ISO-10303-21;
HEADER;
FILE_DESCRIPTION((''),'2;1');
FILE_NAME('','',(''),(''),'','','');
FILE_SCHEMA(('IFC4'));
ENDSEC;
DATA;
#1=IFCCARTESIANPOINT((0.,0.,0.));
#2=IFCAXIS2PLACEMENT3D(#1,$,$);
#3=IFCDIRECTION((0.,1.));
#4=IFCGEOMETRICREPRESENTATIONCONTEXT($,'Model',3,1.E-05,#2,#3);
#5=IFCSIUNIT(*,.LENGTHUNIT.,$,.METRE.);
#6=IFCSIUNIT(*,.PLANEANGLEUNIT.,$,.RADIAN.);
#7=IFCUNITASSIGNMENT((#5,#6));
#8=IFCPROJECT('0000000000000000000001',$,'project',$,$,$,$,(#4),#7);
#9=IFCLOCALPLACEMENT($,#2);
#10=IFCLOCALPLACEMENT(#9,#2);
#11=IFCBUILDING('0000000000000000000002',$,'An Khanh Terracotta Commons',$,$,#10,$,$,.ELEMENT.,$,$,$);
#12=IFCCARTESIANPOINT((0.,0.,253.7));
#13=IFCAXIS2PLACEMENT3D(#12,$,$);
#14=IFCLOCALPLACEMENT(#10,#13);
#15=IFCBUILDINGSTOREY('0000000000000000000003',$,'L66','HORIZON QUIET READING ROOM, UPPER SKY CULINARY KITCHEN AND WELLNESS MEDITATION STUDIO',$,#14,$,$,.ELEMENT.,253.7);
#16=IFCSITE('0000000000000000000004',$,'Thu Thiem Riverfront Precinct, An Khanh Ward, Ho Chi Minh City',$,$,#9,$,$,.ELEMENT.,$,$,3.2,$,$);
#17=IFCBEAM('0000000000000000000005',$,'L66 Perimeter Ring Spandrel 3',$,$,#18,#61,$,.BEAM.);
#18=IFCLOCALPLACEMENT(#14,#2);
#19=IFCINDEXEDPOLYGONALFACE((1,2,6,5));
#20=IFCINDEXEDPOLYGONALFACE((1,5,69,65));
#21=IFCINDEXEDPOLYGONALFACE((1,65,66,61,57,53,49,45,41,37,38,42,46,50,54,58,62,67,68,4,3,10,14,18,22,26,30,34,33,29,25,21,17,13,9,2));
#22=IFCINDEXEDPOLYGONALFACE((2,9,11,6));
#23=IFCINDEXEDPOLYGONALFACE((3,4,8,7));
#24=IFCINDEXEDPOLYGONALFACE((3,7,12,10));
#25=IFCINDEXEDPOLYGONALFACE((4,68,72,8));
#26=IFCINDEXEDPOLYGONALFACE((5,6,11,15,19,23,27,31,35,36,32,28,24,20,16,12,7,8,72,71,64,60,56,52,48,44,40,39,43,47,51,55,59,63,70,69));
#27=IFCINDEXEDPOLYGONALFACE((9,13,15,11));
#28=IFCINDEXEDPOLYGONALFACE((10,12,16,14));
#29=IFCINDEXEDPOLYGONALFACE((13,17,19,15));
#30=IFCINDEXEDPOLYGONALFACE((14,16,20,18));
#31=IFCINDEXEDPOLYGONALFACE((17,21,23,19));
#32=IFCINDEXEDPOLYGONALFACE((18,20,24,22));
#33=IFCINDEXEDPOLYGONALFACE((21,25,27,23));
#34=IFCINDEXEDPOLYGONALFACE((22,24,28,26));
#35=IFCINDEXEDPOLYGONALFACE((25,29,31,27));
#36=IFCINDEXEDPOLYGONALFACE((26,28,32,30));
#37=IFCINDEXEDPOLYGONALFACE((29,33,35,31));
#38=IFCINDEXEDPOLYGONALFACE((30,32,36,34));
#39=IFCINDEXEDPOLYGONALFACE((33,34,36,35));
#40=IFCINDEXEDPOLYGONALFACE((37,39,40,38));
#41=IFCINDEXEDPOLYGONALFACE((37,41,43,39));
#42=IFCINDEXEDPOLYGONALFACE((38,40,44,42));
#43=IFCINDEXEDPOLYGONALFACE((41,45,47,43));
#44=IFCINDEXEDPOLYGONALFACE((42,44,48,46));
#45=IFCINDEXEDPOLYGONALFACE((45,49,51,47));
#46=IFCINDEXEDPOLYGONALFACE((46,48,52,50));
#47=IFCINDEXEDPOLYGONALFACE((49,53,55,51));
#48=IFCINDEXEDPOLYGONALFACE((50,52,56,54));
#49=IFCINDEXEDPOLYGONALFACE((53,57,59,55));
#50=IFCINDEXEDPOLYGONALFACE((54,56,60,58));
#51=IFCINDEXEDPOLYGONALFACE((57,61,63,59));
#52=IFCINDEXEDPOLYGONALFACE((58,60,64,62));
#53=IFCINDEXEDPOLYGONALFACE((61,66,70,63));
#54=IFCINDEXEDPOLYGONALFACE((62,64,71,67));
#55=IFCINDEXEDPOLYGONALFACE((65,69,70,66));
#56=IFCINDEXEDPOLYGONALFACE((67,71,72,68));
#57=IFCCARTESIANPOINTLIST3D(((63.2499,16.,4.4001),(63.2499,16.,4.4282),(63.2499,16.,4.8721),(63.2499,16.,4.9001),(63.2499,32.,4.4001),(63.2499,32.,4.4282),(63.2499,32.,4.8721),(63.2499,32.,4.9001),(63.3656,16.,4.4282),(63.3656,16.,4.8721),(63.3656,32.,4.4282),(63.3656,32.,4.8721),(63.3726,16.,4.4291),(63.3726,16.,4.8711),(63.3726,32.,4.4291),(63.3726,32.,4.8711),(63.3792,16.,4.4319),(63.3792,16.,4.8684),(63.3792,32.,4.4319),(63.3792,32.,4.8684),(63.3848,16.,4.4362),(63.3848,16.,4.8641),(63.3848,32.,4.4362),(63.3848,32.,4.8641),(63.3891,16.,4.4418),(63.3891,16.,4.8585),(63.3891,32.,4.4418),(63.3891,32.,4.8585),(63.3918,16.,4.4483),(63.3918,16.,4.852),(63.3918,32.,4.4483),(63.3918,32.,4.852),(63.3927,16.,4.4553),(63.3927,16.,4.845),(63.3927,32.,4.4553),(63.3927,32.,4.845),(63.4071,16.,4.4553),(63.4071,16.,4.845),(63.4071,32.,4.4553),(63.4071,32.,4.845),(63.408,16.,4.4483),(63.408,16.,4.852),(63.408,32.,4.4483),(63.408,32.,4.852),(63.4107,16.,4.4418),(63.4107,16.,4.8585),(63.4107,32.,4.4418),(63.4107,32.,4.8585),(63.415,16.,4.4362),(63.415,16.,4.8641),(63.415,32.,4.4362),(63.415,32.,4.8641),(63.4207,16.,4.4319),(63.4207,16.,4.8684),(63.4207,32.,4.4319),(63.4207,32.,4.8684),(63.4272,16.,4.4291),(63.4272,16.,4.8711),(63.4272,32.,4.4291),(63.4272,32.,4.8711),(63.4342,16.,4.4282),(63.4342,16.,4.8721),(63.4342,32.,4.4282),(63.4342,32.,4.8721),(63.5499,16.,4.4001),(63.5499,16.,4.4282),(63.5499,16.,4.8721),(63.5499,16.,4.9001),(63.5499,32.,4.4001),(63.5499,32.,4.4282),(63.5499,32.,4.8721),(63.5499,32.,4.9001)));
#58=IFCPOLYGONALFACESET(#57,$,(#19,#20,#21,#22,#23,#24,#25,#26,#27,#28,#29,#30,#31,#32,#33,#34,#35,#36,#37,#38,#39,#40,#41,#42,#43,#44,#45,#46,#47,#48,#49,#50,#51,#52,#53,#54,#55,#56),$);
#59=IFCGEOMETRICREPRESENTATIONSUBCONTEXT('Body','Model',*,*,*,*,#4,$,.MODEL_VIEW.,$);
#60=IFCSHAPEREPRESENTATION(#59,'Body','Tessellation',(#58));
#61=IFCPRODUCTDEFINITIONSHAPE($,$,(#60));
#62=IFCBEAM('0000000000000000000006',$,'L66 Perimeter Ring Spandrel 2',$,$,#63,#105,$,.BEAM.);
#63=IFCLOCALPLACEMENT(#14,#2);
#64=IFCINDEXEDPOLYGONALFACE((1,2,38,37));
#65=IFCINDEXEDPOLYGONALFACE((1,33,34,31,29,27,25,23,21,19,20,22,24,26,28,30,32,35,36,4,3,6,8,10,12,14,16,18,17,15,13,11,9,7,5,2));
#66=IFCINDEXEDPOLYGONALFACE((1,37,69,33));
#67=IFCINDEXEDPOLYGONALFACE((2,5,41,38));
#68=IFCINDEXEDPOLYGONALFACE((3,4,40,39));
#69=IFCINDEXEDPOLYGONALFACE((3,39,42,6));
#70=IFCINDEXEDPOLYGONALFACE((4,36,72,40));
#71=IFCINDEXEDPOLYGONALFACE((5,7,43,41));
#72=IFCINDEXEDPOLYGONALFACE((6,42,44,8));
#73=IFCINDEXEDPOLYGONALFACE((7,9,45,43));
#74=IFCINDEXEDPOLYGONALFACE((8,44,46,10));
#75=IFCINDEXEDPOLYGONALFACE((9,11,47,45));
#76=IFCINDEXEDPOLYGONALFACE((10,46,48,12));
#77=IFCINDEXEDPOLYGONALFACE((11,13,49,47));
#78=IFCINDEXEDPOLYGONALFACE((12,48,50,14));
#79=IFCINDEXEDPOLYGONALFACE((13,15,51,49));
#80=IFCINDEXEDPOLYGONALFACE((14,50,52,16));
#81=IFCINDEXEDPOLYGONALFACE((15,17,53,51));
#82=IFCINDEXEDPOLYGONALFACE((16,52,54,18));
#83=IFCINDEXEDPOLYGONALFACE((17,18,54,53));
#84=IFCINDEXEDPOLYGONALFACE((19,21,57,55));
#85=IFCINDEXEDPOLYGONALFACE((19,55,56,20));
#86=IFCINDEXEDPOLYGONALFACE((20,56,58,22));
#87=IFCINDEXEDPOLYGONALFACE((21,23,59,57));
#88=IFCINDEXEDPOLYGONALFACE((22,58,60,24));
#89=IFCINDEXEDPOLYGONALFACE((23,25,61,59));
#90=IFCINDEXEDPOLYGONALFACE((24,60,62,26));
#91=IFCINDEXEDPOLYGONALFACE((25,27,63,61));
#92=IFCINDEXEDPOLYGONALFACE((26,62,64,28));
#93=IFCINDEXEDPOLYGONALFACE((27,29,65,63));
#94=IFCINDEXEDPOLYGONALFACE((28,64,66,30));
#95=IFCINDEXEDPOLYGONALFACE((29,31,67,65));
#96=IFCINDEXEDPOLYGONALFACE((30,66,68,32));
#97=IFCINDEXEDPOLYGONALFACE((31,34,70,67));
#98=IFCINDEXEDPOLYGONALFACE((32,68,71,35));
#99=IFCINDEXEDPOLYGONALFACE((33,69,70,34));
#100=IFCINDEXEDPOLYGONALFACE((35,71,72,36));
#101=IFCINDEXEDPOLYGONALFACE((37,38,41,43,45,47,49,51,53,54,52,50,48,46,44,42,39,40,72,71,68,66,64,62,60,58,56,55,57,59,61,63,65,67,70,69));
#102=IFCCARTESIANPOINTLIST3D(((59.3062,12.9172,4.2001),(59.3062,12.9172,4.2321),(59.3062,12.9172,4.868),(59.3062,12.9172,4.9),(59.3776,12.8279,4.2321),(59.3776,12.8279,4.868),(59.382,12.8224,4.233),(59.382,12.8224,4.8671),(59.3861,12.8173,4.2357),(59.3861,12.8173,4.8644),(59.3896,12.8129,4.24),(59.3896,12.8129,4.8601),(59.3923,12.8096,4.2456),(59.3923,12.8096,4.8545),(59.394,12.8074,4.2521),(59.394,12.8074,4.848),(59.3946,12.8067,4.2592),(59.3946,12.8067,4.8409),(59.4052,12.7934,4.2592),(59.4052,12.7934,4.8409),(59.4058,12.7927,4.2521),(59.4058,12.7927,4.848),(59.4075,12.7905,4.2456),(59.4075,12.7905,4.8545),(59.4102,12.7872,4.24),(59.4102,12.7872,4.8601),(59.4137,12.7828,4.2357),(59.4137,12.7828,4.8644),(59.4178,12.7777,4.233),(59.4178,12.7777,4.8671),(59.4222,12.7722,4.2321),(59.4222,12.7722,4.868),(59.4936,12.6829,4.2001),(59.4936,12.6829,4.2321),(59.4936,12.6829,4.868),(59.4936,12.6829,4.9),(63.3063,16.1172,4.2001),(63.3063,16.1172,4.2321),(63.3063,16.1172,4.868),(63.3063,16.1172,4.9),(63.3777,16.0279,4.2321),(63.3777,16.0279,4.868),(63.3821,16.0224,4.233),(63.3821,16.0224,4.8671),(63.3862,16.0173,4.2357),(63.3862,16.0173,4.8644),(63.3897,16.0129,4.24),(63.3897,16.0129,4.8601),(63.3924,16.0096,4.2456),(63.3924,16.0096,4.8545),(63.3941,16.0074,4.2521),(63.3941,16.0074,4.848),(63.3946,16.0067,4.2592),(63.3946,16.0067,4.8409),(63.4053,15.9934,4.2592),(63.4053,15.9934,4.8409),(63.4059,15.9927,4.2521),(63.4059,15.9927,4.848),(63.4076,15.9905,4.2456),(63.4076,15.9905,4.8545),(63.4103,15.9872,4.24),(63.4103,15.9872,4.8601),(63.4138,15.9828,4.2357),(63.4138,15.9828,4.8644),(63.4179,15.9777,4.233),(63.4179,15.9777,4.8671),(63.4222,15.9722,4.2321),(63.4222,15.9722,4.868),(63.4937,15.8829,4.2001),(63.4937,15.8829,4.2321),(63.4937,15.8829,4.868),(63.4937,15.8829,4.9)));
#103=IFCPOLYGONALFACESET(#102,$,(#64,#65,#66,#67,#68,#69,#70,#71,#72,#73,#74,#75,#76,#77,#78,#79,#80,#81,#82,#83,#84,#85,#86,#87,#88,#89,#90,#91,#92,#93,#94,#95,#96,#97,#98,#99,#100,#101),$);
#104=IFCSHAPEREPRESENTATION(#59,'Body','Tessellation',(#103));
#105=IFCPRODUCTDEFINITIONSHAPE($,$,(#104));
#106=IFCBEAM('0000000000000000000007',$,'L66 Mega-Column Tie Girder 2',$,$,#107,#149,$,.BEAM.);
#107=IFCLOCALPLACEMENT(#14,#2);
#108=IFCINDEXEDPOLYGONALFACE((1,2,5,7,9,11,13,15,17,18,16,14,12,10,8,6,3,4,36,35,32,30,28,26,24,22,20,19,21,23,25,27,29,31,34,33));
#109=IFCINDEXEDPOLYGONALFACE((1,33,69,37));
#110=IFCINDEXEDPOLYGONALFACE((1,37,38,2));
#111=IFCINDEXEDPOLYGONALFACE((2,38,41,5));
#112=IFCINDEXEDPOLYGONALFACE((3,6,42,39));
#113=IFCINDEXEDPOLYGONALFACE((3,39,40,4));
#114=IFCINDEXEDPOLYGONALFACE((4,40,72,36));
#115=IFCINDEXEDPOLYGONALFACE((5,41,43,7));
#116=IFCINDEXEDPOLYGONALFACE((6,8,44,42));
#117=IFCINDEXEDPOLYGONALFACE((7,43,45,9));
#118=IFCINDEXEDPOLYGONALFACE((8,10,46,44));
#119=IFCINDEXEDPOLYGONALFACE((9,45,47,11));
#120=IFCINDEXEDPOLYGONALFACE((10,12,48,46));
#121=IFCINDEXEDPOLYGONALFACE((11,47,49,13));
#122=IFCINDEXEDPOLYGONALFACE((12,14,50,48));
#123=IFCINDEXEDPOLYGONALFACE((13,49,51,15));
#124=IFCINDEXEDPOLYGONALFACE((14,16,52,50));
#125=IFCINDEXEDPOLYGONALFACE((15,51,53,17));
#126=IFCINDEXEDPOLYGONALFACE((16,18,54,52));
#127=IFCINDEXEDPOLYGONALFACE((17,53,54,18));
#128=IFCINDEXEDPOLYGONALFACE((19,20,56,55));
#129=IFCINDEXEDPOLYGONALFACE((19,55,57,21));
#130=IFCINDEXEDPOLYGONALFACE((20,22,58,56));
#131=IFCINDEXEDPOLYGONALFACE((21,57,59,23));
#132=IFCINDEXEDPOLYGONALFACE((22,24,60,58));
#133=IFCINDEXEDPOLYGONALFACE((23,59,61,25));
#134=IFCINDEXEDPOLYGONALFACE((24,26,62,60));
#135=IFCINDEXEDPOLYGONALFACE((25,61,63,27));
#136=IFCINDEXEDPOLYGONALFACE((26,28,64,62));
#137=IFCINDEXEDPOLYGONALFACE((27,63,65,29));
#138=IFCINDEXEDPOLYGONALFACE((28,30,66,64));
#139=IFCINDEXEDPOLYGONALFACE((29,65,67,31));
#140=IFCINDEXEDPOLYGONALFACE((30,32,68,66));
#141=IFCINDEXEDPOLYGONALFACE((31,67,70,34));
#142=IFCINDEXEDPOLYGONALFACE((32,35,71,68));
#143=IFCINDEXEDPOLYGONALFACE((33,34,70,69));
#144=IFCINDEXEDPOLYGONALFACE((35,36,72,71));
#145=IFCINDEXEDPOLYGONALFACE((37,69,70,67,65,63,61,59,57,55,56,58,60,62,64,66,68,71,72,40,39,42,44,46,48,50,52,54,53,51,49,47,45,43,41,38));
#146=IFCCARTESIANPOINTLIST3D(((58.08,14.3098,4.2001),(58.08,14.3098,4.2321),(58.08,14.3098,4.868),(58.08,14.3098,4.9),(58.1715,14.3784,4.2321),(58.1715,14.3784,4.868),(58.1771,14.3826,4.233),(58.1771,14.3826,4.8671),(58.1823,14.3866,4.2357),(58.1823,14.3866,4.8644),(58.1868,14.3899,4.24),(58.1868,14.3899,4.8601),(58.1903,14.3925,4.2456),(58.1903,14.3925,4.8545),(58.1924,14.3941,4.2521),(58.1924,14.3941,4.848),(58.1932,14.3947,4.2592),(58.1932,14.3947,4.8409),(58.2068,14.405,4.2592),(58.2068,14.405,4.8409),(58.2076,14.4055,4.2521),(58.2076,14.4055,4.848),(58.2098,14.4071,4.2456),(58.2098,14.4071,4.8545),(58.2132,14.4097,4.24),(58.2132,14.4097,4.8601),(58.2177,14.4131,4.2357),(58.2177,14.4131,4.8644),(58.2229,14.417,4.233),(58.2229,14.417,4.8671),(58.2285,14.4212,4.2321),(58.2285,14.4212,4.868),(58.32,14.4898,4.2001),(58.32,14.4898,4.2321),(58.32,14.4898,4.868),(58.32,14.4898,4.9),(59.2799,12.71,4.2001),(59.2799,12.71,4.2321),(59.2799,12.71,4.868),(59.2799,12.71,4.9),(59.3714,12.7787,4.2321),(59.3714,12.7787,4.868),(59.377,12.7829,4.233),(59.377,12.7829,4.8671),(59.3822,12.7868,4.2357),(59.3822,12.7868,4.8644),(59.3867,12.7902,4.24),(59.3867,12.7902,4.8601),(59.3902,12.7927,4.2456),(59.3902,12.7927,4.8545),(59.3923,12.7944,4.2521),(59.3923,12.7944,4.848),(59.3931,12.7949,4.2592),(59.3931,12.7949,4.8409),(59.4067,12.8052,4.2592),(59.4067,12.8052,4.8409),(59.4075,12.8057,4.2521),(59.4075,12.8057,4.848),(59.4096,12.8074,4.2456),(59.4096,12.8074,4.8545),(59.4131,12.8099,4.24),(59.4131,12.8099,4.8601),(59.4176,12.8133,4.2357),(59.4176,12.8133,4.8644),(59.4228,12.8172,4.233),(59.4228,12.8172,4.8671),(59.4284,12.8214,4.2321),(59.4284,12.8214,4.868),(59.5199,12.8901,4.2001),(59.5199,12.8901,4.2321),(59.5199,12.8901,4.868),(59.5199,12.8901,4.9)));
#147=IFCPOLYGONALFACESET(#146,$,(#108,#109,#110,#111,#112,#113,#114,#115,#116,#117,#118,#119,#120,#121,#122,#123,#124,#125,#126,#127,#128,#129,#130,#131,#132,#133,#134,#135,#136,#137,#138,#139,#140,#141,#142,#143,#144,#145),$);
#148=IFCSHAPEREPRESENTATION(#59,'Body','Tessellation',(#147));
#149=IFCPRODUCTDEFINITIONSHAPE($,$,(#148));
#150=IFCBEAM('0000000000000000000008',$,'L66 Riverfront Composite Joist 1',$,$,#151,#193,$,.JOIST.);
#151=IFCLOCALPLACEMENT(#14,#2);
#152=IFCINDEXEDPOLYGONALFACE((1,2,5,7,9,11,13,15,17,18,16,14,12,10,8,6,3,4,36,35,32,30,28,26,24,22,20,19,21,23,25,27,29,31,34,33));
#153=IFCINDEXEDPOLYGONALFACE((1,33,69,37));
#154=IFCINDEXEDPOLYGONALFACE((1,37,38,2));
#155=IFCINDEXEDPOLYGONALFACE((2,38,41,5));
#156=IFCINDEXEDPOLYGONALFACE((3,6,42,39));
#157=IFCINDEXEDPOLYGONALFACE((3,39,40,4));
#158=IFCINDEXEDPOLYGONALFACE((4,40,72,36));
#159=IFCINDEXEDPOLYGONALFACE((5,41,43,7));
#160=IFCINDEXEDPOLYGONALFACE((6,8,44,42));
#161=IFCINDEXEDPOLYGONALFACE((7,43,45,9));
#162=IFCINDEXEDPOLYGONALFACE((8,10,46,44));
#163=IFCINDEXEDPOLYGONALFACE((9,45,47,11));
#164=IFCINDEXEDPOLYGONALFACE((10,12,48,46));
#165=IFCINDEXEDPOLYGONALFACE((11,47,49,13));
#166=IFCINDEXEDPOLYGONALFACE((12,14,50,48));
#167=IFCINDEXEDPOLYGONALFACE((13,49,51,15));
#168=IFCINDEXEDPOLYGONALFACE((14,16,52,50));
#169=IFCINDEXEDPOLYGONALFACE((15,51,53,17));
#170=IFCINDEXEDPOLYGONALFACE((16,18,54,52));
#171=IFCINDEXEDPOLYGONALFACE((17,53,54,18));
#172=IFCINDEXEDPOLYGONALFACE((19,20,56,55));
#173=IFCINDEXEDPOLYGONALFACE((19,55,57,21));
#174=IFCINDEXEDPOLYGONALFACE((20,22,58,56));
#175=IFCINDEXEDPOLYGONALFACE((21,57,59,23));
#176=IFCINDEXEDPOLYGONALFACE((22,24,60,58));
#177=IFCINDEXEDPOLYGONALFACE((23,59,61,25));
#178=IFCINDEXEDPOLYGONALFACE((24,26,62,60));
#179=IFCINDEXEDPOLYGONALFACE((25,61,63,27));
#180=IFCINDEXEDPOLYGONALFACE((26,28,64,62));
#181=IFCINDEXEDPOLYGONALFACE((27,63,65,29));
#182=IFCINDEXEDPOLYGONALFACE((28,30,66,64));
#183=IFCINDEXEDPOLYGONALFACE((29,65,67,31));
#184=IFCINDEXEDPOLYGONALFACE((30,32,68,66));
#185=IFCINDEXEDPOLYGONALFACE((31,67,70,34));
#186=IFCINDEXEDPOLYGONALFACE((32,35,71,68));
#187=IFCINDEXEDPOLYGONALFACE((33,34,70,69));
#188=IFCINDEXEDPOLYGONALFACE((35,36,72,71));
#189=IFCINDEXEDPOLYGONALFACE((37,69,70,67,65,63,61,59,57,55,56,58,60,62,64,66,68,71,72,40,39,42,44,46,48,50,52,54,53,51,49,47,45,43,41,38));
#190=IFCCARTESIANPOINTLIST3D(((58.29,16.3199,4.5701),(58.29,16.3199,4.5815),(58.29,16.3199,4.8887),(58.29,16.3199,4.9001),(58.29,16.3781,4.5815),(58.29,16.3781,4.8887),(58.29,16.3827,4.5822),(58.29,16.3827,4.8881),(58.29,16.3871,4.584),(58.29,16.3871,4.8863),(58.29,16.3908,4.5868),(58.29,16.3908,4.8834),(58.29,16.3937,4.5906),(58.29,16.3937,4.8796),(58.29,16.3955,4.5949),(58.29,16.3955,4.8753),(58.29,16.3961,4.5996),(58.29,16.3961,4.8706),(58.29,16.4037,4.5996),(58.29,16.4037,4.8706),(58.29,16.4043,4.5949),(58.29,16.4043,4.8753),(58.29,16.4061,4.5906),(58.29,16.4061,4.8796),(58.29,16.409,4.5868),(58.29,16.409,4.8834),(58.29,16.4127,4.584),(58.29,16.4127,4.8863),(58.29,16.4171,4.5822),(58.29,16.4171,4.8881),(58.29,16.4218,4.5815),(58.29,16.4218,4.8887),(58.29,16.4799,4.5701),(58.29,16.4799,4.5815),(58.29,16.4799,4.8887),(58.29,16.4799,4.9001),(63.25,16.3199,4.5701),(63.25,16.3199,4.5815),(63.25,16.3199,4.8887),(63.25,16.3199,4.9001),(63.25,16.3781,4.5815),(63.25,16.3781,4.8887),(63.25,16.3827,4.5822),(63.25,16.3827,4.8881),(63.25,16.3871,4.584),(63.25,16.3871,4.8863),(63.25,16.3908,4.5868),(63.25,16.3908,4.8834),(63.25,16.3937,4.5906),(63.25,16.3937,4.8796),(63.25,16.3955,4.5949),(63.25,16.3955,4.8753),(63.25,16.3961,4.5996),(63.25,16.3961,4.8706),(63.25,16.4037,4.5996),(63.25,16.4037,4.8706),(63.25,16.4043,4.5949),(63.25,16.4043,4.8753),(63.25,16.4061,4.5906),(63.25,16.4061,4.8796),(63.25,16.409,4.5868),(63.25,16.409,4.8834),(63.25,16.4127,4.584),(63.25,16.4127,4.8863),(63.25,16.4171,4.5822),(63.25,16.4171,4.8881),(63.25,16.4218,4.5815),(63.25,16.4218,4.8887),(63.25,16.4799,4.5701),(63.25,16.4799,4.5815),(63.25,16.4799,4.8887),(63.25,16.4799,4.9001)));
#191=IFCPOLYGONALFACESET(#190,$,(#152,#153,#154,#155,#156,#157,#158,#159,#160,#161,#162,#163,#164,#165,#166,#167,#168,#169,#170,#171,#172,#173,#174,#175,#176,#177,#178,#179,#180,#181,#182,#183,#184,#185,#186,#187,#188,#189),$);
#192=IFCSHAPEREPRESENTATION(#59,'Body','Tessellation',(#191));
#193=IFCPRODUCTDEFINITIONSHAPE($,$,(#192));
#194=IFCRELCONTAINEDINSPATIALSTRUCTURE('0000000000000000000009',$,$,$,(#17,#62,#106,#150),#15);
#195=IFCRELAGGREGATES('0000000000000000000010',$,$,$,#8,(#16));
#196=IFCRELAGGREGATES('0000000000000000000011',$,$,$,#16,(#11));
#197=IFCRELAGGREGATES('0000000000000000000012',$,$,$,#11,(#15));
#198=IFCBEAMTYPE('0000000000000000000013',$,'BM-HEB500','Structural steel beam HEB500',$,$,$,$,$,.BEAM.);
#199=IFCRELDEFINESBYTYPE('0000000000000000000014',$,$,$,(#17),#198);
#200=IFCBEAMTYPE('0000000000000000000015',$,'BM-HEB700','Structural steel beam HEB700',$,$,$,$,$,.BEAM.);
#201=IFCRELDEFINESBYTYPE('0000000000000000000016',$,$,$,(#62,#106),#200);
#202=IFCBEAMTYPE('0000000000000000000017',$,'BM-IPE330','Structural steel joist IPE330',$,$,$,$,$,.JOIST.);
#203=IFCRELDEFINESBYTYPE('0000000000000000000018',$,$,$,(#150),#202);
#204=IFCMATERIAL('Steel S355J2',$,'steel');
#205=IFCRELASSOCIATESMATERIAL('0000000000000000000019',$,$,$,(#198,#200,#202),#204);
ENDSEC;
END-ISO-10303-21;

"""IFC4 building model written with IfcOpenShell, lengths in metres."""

from ifc_helpers import new_model, si_unit, direction, frame, origin, origin_2d, place, context, subcontext, project, spatial, i_section, extrude, material, material_profile, profile_set, type_object, element, save


model = new_model("IFC4")

# Units and contexts
model_context = context("Model", 3, precision=1e-05, world=origin(), true_north=direction((0.0, 1.0)))
body_context = subcontext(model_context, "Body", "Model", "MODEL_VIEW")
ifc_project = project(units=[si_unit("LENGTHUNIT", "METRE"), si_unit("PLANEANGLEUNIT", "RADIAN")], contexts=[model_context])

# Site, building, storey
site_placement = place(None, origin())
site = spatial("IfcSite", under=ifc_project, at=site_placement, Name="Thu Thiem Riverfront Precinct, An Khanh Ward, Ho Chi Minh City", CompositionType="ELEMENT", RefElevation=3.2)
building_placement = place(site_placement, origin())
building = spatial("IfcBuilding", under=site, at=building_placement, Name="An Khanh Terracotta Commons", CompositionType="ELEMENT")
storey_placement = place(building_placement, frame((0.0, 0.0, 253.7)))
storey = spatial("IfcBuildingStorey", under=building, at=storey_placement, Name="L66", Description="HORIZON QUIET READING ROOM, UPPER SKY CULINARY KITCHEN AND WELLNESS MEDITATION STUDIO", CompositionType="ELEMENT", Elevation=253.7)

# Beams
ifc_material_1 = material(Name="Steel S355J2", Category="steel")
ifc_material_profile_1 = material_profile(ifc_material_1, i_section(OverallWidth=0.3, OverallDepth=0.5, WebThickness=0.0144, FlangeThickness=0.0281, FilletRadius=0.0271, at=origin_2d()), Name="HEB500")
ifc_profile_set_1 = profile_set([ifc_material_profile_1], Name="Steel S355J2")
beam_type_1 = type_object("IfcBeamType", Name="BM-HEB500", Description="Structural steel beam HEB500", PredefinedType="BEAM", material=ifc_profile_set_1)
beam_1_placement = place(storey_placement, frame((63.3999, 16.0, 4.6501), z_axis=(0.0, 1.0, 0.0), x_axis=(-1.0, 0.0, 0.0)))
element("IfcBeam", 1, at=beam_1_placement, inside=storey, type_object=beam_type_1, Name="L66 Perimeter Ring Spandrel 3", PredefinedType="BEAM", context=body_context, shape_type="SweptSolid", body=[
    extrude(i_section(OverallWidth=0.3, OverallDepth=0.5, WebThickness=0.0144, FlangeThickness=0.0281, FilletRadius=0.0271, at=origin_2d()), origin(), (0.0, 0.0, 1.0), 16.0),
])
ifc_material_profile_2 = material_profile(ifc_material_1, i_section(OverallWidth=0.3, OverallDepth=0.7, WebThickness=0.0171, FlangeThickness=0.032, FilletRadius=0.0271, at=origin_2d()), Name="HEB700")
ifc_profile_set_2 = profile_set([ifc_material_profile_2], Name="Steel S355J2")
beam_type_2 = type_object("IfcBeamType", Name="BM-HEB700", Description="Structural steel beam HEB700", PredefinedType="BEAM", material=ifc_profile_set_2)
beam_2_placement = place(storey_placement, frame((59.3999, 12.8, 4.55), z_axis=(0.780873, 0.624689, 0.0), x_axis=(-0.624689, 0.780873, 0.0)))
element("IfcBeam", 2, at=beam_2_placement, inside=storey, type_object=beam_type_2, Name="L66 Perimeter Ring Spandrel 2", PredefinedType="BEAM", context=body_context, shape_type="SweptSolid", body=[
    extrude(i_section(OverallWidth=0.3, OverallDepth=0.7, WebThickness=0.0171, FlangeThickness=0.032, FilletRadius=0.0271, at=origin_2d()), origin(), (0.0, 0.0, 1.0), 5.1226),
])
beam_3_placement = place(storey_placement, frame((59.3999, 12.8, 4.55), z_axis=(-0.60002, 0.799985, 0.0), x_axis=(-0.799985, -0.60002, 0.0)))
element("IfcBeam", 3, at=beam_3_placement, inside=storey, type_object=beam_type_2, Name="L66 Mega-Column Tie Girder 2", PredefinedType="BEAM", context=body_context, shape_type="SweptSolid", body=[
    extrude(i_section(OverallWidth=0.3, OverallDepth=0.7, WebThickness=0.0171, FlangeThickness=0.032, FilletRadius=0.0271, at=origin_2d()), origin(), (0.0, 0.0, 1.0), 1.9998),
])
ifc_material_profile_3 = material_profile(ifc_material_1, i_section(OverallWidth=0.1599, OverallDepth=0.3301, WebThickness=0.0076, FlangeThickness=0.0115, FilletRadius=0.0181, at=origin_2d()), Name="IPE330")
ifc_profile_set_3 = profile_set([ifc_material_profile_3], Name="Steel S355J2")
beam_type_3 = type_object("IfcBeamType", Name="BM-IPE330", Description="Structural steel joist IPE330", PredefinedType="JOIST", material=ifc_profile_set_3)
for number, where, z_axis, x_axis, name in (
    (4, (58.29, 16.3999, 4.7351), (1.0, 0.0, 0.0), (0.0, 1.0, 0.0), "L66 Riverfront Composite Joist 1"),
):
    element("IfcBeam", number, at=place(storey_placement, frame(where, z_axis=z_axis, x_axis=x_axis)), inside=storey, type_object=beam_type_3, Name=name, PredefinedType="JOIST", context=body_context, shape_type="SweptSolid", body=[
        extrude(i_section(OverallWidth=0.1599, OverallDepth=0.3301, WebThickness=0.0076, FlangeThickness=0.0115, FilletRadius=0.0181, at=origin_2d()), origin(), (0.0, 0.0, 1.0), 4.96),
    ])

save(model, "model.ifc")
